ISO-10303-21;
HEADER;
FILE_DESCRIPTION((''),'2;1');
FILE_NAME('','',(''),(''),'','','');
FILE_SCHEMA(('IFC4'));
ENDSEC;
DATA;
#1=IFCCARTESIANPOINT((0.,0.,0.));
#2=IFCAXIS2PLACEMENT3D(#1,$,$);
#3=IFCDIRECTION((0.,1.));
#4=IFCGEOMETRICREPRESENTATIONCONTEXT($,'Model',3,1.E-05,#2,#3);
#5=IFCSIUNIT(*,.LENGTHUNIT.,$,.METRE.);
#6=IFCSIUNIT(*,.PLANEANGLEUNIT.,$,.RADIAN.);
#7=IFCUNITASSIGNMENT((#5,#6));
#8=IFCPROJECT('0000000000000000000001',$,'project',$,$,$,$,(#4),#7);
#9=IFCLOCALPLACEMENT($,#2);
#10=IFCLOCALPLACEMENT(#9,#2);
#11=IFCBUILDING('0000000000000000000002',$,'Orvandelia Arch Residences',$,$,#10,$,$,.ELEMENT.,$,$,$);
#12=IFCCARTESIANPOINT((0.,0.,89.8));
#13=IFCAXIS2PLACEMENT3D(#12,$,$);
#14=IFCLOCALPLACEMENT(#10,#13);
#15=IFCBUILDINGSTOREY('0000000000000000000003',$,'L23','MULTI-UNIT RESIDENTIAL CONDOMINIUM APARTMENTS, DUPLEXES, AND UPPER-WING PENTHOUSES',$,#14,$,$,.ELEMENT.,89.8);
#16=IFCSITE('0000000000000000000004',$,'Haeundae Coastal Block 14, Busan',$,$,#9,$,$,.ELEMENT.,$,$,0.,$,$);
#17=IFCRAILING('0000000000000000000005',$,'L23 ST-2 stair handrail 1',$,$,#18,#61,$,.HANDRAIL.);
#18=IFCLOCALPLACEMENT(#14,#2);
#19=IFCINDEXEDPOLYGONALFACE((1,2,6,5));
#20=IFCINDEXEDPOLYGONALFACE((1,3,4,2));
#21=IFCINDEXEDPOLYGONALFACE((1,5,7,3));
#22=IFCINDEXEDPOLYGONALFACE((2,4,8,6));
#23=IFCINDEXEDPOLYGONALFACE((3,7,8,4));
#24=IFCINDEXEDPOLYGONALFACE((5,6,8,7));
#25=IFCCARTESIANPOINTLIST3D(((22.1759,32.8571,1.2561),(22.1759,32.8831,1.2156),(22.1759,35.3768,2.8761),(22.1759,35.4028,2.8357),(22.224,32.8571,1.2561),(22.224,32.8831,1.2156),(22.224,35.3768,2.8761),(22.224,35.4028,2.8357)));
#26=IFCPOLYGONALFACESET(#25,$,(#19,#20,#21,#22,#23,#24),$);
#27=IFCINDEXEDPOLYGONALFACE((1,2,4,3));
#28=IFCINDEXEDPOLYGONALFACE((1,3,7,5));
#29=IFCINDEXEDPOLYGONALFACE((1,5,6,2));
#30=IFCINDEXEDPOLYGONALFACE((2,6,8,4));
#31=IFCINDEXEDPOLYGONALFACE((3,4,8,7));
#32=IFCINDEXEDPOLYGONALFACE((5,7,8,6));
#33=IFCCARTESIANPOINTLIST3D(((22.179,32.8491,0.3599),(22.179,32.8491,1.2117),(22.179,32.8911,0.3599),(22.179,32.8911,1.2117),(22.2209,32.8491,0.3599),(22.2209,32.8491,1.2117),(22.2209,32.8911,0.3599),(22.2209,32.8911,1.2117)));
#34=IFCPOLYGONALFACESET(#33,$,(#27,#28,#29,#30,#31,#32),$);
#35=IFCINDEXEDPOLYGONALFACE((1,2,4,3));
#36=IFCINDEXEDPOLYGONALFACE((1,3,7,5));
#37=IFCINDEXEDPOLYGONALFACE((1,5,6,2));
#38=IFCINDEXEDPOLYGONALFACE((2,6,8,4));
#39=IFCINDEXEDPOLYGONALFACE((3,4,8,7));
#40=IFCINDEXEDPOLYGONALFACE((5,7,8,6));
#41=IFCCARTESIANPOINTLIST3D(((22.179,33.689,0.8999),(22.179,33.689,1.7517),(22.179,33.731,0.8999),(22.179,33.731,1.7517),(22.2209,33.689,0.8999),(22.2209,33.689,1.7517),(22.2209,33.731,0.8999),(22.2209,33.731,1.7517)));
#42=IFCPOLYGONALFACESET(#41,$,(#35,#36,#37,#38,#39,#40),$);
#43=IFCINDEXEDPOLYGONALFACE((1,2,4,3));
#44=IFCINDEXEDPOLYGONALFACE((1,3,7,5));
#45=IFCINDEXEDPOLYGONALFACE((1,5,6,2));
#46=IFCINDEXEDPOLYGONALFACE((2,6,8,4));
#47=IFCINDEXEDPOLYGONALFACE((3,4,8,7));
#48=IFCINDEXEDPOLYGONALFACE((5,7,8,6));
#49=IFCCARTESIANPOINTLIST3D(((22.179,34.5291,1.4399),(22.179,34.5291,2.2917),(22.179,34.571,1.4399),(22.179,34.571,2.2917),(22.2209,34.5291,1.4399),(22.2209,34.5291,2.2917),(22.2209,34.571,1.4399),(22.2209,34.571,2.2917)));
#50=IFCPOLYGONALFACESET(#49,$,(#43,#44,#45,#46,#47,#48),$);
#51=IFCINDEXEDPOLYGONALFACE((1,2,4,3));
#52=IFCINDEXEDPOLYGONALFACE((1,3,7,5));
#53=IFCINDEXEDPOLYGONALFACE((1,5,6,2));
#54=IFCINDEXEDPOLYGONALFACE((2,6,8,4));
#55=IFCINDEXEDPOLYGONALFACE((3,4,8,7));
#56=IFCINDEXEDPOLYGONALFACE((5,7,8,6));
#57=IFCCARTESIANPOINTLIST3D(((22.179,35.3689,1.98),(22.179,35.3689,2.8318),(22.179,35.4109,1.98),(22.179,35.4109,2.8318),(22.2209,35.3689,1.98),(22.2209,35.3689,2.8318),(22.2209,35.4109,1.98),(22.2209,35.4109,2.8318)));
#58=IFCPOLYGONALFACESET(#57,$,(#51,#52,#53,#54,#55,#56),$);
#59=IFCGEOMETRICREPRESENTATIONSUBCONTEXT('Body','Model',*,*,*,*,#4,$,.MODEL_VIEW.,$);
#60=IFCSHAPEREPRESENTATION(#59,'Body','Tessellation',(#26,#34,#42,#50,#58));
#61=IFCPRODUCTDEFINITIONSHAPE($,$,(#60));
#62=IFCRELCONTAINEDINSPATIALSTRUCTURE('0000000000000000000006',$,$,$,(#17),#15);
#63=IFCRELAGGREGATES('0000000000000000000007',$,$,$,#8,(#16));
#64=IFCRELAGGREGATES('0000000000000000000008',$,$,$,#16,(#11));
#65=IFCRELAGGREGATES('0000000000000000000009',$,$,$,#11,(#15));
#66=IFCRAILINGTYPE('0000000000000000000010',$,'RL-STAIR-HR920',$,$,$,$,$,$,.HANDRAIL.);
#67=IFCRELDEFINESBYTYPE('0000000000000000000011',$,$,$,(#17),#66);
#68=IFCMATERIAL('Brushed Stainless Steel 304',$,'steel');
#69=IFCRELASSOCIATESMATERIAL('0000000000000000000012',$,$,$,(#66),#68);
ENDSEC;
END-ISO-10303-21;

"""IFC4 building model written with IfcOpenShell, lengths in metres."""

from ifc_helpers import new_model, si_unit, direction, frame, origin, origin_2d, place, context, subcontext, project, spatial, rectangle, extrude, material, type_object, element, save


model = new_model("IFC4")

# Units and contexts
model_context = context("Model", 3, precision=1e-05, world=origin(), true_north=direction((0.0, 1.0)))
body_context = subcontext(model_context, "Body", "Model", "MODEL_VIEW")
ifc_project = project(units=[si_unit("LENGTHUNIT", "METRE"), si_unit("PLANEANGLEUNIT", "RADIAN")], contexts=[model_context])

# Site, building, storey
site_placement = place(None, origin())
site = spatial("IfcSite", under=ifc_project, at=site_placement, Name="Haeundae Coastal Block 14, Busan", CompositionType="ELEMENT", RefElevation=0.0)
building_placement = place(site_placement, origin())
building = spatial("IfcBuilding", under=site, at=building_placement, Name="Orvandelia Arch Residences", CompositionType="ELEMENT")
storey_placement = place(building_placement, frame((0.0, 0.0, 89.8)))
storey = spatial("IfcBuildingStorey", under=building, at=storey_placement, Name="L23", Description="MULTI-UNIT RESIDENTIAL CONDOMINIUM APARTMENTS, DUPLEXES, AND UPPER-WING PENTHOUSES", CompositionType="ELEMENT", Elevation=89.8)

# Railing
ifc_material_1 = material(Name="Brushed Stainless Steel 304", Category="steel")
railing_type = type_object("IfcRailingType", Name="RL-STAIR-HR920", PredefinedType="HANDRAIL", material=ifc_material_1)
railing_placement = place(storey_placement, frame((22.2, 32.8701, 0.3599)))
element("IfcRailing", 1, at=railing_placement, inside=storey, type_object=railing_type, Name="L23 ST-2 stair handrail 1", PredefinedType="HANDRAIL", context=body_context, shape_type="SweptSolid", body=[
    extrude(rectangle(XDim=0.0481, YDim=0.0481, at=origin_2d()), frame((0.0, 0.0, 0.876), z_axis=(0.0, 0.841139, 0.540819), x_axis=(-1.0, 0.0, 0.0)), (0.0, 0.0, 1.0), 2.9956),
    extrude(rectangle(XDim=0.042, YDim=0.042, at=origin_2d()), origin(), (0.0, 0.0, 1.0), 0.8518),
    extrude(rectangle(XDim=0.042, YDim=0.042, at=origin_2d()), frame((0.0, 0.8398, 0.54)), (0.0, 0.0, 1.0), 0.8518),
    extrude(rectangle(XDim=0.042, YDim=0.042, at=origin_2d()), frame((0.0, 1.6799, 1.0801)), (0.0, 0.0, 1.0), 0.8518),
    extrude(rectangle(XDim=0.042, YDim=0.042, at=origin_2d()), frame((0.0, 2.5198, 1.6201)), (0.0, 0.0, 1.0), 0.8518),
])

save(model, "model.ifc")
